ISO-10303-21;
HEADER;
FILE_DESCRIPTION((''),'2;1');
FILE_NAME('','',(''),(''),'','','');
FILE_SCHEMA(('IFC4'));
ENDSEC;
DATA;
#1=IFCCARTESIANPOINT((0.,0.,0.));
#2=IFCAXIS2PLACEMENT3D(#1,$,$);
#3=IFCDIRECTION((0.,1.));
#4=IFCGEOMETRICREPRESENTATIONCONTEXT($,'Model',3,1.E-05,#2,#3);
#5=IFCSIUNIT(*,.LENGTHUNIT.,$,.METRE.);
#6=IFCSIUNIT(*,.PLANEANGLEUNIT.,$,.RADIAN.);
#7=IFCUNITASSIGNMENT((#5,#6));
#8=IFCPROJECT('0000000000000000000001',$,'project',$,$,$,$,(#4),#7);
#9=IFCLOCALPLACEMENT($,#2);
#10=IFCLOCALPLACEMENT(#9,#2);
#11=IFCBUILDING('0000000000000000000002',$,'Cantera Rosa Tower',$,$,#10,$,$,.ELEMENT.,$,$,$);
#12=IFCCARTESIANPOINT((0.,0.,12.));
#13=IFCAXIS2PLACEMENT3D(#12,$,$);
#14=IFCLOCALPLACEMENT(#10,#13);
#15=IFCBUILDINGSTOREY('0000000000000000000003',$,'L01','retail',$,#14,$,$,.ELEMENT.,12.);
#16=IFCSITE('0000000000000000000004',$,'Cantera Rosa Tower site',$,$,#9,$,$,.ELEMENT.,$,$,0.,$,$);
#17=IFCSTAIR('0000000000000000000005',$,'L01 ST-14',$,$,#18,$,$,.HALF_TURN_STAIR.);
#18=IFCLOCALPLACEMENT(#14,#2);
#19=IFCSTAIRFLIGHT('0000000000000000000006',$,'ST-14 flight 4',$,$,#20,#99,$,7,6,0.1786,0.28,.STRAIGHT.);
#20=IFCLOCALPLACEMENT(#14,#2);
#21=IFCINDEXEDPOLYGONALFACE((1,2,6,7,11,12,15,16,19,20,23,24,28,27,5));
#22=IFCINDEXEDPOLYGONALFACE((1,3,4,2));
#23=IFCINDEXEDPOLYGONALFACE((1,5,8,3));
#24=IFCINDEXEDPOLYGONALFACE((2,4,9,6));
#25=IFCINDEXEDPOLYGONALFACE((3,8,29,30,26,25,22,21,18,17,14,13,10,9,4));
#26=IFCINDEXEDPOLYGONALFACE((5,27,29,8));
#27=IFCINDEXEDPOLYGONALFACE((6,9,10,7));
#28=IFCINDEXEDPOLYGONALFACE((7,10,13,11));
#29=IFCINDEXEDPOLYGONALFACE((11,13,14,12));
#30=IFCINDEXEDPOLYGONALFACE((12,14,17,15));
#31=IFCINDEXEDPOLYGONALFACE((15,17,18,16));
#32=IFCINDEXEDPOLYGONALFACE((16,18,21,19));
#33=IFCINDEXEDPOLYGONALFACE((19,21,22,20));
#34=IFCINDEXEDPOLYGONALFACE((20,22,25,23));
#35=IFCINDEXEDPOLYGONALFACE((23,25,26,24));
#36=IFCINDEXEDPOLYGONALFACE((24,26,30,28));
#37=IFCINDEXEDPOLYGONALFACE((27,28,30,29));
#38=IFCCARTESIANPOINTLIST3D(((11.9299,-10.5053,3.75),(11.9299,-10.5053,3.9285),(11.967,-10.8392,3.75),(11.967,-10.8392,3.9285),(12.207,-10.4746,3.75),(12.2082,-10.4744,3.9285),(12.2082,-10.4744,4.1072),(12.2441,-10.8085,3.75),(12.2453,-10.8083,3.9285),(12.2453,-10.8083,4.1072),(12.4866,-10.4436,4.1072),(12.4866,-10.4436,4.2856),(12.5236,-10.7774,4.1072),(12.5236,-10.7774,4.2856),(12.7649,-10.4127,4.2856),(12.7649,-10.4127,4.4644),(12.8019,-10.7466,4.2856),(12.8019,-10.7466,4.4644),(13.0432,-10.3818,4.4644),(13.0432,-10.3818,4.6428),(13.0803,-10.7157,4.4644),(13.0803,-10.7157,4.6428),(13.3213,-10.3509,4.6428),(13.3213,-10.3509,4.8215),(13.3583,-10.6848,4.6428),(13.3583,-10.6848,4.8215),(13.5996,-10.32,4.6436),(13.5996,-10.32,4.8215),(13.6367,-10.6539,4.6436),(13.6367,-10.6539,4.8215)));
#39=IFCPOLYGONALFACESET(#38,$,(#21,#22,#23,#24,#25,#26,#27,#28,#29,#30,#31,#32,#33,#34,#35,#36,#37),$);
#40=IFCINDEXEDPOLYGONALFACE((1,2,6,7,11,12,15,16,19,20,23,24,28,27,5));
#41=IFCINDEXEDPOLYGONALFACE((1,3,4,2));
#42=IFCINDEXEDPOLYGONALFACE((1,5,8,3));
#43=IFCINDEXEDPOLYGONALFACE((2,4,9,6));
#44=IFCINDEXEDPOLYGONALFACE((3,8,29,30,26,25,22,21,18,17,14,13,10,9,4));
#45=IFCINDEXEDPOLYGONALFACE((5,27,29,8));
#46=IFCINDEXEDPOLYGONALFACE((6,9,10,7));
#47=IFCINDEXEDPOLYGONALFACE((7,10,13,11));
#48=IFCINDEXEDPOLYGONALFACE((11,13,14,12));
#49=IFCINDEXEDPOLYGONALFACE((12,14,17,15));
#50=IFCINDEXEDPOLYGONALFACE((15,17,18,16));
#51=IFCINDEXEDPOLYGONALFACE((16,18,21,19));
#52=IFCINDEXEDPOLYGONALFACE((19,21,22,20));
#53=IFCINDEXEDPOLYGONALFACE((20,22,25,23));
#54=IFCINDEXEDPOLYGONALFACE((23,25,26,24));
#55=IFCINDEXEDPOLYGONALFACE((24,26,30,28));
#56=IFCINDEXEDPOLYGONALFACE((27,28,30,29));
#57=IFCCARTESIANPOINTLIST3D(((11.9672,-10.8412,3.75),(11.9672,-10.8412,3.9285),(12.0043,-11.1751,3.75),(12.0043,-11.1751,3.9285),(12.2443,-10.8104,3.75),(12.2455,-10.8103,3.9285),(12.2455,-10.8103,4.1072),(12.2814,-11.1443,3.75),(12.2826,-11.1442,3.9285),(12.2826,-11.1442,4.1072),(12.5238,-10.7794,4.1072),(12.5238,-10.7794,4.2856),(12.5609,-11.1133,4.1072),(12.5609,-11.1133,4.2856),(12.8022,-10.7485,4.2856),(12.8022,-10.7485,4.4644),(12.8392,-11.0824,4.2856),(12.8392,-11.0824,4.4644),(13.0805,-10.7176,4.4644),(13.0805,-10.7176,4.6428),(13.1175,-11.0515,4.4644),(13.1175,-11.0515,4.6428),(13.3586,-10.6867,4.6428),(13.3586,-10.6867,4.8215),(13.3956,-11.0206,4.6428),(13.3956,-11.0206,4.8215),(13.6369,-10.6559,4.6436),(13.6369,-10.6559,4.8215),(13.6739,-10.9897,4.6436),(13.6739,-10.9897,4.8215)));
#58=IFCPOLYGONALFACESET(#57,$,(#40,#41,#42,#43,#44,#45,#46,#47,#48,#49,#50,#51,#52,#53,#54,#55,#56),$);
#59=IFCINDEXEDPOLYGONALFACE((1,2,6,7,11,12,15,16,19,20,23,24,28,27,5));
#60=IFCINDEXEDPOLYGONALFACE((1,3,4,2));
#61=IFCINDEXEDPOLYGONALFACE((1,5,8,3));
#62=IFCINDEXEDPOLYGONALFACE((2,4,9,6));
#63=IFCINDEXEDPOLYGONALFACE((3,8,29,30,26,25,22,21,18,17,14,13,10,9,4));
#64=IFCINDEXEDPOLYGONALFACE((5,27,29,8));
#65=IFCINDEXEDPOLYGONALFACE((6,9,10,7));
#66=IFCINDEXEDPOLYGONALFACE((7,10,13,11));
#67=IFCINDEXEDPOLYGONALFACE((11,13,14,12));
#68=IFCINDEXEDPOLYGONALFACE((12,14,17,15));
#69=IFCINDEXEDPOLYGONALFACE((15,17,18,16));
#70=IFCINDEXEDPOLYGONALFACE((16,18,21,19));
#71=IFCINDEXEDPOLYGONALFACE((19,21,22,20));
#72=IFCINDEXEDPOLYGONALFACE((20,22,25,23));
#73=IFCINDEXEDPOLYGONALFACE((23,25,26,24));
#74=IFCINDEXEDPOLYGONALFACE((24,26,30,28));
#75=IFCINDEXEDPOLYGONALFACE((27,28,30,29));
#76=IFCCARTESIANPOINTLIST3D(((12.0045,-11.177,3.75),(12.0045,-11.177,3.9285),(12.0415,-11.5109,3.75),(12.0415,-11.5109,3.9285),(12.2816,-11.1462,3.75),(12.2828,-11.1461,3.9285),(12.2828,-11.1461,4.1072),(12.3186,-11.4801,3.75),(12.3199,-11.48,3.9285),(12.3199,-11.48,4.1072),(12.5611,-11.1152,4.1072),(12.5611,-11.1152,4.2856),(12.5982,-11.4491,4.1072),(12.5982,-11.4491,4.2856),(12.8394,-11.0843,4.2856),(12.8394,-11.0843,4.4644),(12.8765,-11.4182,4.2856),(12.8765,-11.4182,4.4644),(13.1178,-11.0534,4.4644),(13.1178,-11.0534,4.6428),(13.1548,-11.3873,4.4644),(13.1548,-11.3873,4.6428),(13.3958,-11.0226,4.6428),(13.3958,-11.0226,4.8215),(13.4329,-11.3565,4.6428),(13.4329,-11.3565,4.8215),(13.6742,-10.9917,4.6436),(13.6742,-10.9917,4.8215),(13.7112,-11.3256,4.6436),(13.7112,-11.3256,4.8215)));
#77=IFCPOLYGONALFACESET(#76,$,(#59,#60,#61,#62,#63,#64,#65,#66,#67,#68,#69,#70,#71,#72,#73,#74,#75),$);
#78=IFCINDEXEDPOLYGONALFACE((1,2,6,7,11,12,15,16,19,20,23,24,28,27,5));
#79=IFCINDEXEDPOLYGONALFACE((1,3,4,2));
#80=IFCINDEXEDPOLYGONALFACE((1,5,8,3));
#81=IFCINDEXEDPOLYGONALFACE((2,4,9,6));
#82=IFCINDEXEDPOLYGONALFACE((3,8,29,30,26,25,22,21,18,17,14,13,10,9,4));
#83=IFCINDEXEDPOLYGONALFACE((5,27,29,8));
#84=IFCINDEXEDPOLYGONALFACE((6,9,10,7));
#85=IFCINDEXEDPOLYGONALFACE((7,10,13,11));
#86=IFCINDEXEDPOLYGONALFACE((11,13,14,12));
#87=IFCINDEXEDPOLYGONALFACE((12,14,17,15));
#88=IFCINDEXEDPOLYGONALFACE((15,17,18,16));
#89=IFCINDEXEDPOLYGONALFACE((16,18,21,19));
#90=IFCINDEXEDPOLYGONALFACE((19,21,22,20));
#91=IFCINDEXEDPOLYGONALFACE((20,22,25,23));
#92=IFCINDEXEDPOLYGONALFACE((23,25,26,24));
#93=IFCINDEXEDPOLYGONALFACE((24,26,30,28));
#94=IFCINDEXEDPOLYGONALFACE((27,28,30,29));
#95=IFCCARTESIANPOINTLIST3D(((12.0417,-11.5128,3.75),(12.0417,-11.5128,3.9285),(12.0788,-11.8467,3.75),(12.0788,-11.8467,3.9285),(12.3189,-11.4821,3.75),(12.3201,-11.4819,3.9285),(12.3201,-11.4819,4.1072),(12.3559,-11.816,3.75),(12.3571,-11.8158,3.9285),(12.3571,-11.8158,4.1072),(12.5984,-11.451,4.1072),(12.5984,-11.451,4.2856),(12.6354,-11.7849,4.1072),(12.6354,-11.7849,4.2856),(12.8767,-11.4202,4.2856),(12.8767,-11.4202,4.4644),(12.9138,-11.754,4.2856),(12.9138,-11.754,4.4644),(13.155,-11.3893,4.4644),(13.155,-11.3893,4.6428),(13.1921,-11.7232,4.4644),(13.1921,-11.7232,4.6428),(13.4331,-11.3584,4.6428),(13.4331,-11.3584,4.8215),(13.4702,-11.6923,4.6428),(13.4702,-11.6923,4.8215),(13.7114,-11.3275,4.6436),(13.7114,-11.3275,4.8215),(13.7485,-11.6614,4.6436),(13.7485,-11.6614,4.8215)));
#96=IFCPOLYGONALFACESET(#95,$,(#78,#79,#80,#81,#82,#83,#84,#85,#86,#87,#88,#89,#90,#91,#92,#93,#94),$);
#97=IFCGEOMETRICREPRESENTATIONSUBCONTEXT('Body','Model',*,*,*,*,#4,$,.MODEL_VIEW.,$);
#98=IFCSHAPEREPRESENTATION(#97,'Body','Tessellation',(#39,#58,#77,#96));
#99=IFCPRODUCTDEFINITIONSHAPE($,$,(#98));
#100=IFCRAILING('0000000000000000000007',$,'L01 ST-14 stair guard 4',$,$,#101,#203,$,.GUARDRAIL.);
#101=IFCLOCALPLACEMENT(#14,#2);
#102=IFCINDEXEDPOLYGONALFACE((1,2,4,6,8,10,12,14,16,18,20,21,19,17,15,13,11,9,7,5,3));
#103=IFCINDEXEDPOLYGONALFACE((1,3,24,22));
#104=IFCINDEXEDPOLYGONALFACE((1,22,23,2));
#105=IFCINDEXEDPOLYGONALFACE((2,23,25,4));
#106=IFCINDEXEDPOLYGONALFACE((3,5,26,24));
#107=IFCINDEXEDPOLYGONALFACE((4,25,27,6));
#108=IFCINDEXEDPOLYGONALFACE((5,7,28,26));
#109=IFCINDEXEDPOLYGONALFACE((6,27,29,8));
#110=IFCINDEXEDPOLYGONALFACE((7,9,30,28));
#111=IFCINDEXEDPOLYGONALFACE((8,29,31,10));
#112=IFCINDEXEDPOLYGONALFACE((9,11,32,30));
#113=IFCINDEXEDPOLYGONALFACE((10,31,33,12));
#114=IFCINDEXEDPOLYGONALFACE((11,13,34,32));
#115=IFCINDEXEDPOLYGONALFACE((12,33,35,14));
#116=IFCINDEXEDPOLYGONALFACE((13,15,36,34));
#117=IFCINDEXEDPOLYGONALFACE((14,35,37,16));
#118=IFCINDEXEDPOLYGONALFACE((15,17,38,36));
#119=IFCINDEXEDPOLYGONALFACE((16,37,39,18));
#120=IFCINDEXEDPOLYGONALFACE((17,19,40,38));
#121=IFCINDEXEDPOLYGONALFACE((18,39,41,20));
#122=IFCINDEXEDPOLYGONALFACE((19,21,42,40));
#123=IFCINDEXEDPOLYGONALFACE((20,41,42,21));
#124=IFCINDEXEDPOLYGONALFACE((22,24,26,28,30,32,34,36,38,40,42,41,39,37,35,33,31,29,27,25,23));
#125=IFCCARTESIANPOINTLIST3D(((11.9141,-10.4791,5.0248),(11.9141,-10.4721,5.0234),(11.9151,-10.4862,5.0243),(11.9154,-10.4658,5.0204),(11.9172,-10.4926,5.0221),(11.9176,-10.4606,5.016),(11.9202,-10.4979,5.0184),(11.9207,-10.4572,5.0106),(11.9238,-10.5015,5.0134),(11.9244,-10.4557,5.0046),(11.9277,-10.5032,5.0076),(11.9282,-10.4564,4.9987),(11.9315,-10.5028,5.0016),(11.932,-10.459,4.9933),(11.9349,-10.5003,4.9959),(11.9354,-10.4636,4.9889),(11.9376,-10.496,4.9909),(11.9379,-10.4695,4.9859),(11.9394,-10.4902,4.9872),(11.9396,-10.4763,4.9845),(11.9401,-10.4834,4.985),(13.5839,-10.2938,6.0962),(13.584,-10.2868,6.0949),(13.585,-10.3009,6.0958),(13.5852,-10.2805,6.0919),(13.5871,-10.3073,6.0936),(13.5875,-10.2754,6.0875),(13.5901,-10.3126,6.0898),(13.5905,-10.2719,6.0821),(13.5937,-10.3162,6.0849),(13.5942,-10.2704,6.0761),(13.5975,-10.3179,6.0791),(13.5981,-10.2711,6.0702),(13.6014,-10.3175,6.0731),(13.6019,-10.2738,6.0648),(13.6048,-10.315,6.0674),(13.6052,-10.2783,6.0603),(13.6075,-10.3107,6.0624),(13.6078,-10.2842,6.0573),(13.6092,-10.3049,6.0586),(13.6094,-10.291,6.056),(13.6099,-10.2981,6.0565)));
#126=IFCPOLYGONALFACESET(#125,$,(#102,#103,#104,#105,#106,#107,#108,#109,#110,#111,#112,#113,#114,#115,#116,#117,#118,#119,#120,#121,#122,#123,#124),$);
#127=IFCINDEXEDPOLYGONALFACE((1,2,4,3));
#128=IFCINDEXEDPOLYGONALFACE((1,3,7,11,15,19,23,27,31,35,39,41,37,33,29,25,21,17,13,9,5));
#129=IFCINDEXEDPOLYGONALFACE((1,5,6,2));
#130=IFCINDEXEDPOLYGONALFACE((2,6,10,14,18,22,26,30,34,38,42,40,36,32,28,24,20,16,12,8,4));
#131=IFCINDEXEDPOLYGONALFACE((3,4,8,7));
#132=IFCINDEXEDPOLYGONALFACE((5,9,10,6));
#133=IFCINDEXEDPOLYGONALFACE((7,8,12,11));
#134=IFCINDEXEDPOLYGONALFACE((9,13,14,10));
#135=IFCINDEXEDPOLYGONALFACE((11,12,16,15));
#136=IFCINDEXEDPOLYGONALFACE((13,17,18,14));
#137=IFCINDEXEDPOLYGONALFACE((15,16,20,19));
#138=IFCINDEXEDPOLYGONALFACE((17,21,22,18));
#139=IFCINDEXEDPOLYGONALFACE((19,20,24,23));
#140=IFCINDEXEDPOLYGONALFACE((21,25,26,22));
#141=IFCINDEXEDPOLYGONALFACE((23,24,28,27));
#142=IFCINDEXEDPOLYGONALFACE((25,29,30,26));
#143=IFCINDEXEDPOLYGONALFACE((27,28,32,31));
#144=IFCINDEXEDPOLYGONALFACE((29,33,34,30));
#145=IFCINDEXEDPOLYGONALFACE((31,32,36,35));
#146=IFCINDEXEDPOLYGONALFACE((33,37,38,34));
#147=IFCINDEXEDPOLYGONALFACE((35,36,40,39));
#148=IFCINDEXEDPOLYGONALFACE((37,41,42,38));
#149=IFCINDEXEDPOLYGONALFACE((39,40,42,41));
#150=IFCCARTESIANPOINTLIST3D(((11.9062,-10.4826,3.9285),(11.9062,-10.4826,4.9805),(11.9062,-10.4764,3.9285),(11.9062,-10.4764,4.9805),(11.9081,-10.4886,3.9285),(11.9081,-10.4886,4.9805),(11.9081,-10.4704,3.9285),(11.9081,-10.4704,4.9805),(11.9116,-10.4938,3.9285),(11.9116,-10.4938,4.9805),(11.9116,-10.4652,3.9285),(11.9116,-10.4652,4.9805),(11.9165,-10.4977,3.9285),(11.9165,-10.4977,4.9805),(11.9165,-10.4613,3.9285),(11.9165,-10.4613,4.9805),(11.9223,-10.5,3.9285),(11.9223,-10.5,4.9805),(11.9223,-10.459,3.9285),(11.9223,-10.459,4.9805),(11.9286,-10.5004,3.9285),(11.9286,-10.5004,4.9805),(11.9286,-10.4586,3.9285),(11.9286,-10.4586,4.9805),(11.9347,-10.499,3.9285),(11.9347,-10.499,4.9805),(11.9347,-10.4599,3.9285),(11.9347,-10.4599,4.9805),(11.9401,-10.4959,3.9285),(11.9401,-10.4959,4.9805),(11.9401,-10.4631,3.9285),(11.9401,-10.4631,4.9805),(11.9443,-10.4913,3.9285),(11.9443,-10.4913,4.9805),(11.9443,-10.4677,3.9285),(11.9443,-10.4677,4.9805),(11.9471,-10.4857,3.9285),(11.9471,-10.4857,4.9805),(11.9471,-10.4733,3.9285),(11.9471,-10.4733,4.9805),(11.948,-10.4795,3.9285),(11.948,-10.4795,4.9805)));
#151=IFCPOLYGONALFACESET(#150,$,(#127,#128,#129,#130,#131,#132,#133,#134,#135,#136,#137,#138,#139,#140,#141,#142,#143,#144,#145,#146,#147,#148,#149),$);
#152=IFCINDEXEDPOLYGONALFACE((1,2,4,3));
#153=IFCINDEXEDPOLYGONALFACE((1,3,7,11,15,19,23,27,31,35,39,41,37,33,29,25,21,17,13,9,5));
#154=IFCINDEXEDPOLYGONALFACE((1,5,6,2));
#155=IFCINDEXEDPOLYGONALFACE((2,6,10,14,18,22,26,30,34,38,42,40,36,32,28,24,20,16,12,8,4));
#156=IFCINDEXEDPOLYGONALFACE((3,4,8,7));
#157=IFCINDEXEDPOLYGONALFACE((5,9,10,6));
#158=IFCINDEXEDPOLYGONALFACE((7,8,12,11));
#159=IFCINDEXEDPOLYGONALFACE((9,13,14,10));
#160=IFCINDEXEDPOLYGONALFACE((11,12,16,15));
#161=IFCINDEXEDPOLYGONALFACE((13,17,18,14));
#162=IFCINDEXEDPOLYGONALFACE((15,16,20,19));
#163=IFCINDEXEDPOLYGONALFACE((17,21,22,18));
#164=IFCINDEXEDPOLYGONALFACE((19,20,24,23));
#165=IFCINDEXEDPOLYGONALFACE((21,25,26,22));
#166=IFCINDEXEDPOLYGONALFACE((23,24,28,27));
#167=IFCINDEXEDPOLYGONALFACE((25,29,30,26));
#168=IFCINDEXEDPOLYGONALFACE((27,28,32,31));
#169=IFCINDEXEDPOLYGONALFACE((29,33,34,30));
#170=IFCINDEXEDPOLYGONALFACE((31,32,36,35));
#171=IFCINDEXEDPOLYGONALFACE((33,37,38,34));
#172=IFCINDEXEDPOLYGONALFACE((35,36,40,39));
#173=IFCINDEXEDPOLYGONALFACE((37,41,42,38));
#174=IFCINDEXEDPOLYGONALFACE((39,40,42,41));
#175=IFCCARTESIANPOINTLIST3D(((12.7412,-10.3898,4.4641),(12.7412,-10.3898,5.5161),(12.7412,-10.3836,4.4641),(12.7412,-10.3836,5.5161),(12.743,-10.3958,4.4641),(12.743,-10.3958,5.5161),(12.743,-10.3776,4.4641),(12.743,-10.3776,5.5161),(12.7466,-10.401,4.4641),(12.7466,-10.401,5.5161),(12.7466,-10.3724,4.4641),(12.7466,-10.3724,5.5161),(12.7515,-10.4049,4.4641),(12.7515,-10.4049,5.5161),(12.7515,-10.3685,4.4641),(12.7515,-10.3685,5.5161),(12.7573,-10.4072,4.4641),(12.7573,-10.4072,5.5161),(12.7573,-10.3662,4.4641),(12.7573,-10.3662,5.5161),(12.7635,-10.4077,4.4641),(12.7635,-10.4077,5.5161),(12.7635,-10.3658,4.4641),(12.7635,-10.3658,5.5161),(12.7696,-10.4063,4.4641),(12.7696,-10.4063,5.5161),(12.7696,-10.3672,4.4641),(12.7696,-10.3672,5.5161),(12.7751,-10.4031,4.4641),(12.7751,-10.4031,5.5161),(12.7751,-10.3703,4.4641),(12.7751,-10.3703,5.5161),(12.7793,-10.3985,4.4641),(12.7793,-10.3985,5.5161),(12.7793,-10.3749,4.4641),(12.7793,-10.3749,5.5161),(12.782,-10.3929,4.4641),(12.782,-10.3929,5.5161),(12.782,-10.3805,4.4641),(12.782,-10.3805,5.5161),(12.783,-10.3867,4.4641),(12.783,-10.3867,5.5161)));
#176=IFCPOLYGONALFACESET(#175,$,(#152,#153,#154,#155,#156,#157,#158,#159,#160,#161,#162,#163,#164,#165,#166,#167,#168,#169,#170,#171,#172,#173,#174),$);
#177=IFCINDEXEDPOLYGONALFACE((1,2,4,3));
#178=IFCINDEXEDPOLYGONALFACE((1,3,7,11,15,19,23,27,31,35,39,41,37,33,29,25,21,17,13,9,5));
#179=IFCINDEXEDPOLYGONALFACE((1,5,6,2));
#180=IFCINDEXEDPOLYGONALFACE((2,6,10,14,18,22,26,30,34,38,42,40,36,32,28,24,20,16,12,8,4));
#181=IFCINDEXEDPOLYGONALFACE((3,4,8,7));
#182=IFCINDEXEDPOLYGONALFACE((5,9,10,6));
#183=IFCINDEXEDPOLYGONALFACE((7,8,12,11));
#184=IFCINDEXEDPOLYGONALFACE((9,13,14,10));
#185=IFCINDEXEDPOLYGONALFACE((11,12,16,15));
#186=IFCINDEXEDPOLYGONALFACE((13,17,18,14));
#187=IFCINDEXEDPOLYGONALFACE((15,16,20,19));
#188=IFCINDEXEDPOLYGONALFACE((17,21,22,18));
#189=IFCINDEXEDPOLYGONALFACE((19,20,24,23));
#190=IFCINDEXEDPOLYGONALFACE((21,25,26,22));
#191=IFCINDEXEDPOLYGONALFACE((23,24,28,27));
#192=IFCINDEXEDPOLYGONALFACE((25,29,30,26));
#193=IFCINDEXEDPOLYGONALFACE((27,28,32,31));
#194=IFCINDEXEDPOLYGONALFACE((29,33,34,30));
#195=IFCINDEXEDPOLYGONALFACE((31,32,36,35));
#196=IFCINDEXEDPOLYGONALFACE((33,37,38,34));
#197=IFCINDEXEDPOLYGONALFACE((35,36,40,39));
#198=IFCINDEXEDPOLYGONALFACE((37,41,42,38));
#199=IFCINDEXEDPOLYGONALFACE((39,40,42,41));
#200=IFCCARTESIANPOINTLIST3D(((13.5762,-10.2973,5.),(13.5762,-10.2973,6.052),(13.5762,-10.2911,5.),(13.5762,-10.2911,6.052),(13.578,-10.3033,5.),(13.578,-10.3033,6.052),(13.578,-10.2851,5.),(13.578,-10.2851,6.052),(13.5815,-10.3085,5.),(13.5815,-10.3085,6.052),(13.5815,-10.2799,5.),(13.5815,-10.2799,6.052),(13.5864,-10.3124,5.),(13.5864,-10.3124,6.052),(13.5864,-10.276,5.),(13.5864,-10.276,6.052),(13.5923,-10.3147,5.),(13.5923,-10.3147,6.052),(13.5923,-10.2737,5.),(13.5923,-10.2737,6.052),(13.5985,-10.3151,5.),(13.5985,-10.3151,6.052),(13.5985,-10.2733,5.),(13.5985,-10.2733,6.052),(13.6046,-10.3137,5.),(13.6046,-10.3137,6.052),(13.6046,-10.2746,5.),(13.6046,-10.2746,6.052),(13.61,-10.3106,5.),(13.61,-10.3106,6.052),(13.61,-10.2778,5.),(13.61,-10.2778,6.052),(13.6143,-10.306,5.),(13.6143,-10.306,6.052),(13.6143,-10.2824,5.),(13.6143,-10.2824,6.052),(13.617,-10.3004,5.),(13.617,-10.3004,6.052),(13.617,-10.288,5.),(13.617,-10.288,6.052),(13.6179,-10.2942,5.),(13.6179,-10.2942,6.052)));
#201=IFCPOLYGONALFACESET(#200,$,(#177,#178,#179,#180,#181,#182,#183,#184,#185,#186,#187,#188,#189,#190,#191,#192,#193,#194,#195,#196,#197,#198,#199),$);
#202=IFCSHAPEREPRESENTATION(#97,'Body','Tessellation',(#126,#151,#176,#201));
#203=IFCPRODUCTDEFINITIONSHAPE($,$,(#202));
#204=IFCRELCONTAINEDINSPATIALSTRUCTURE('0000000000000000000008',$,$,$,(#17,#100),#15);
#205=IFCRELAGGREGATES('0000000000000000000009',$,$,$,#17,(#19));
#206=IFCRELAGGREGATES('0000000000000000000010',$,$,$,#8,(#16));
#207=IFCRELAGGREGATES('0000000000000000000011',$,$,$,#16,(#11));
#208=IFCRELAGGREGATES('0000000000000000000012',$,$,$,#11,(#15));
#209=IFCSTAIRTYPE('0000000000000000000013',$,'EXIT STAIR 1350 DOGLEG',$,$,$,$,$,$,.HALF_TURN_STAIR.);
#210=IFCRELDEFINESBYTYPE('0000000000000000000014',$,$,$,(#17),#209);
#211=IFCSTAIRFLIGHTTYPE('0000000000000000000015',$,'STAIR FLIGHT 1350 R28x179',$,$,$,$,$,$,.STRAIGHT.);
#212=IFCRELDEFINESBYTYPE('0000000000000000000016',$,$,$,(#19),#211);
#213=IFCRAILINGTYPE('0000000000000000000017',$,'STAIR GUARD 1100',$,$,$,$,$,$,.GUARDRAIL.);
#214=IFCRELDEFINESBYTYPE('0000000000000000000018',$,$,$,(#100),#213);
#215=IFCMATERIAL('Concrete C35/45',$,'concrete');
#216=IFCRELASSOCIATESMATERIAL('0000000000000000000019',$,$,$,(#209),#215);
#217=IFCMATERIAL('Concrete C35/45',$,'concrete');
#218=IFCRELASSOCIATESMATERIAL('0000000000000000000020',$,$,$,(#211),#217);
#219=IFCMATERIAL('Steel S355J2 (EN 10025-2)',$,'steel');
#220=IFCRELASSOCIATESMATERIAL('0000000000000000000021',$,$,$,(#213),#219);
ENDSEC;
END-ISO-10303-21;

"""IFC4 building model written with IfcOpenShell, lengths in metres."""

from ifc_helpers import new_model, si_unit, direction, frame, origin, origin_2d, place, context, subcontext, project, spatial, polyline, circle, outline, extrude, material, type_object, element, aggregate, save


model = new_model("IFC4")

# Units and contexts
model_context = context("Model", 3, precision=1e-05, world=origin(), true_north=direction((0.0, 1.0)))
body_context = subcontext(model_context, "Body", "Model", "MODEL_VIEW")
ifc_project = project(units=[si_unit("LENGTHUNIT", "METRE"), si_unit("PLANEANGLEUNIT", "RADIAN")], contexts=[model_context])

# Site, building, storey
site_placement = place(None, origin())
site = spatial("IfcSite", under=ifc_project, at=site_placement, Name="Cantera Rosa Tower site", CompositionType="ELEMENT", RefElevation=0.0)
building_placement = place(site_placement, origin())
building = spatial("IfcBuilding", under=site, at=building_placement, Name="Cantera Rosa Tower", CompositionType="ELEMENT")
storey_placement = place(building_placement, frame((0.0, 0.0, 12.0)))
storey = spatial("IfcBuildingStorey", under=building, at=storey_placement, Name="L01", Description="retail", CompositionType="ELEMENT", Elevation=12.0)

# Stair, stair flight
ifc_material_1 = material(Name="Concrete C35/45", Category="concrete")
stair_type = type_object("IfcStairType", Name="EXIT STAIR 1350 DOGLEG", PredefinedType="HALF_TURN_STAIR", material=ifc_material_1)
stair_placement = place(storey_placement, origin())
stair = element("IfcStair", 1, at=stair_placement, inside=storey, type_object=stair_type, Name="L01 ST-14", PredefinedType="HALF_TURN_STAIR")
ifc_material_2 = material(Name="Concrete C35/45", Category="concrete")
stair_flight_type = type_object("IfcStairFlightType", Name="STAIR FLIGHT 1350 R28x179", PredefinedType="STRAIGHT", material=ifc_material_2)
stair_flight_1_placement = place(storey_placement, frame((12.0044, -11.1763, 3.75), z_axis=(0.0, 0.0, 1.0), x_axis=(0.993897, 0.110313, 0.0)))
stair_flight_1 = element("IfcStairFlight", 2, at=stair_flight_1_placement, type_object=stair_flight_type, Name="ST-14 flight 4", NumberOfRisers=7, NumberOfTreads=6, PredefinedType="STRAIGHT", RiserHeight=0.1786, TreadLength=0.28, context=body_context, shape_type="SweptSolid", body=[
    extrude(outline(polyline([(0.0, 0.0), (0.0, 0.1785), (0.28, 0.1785), (0.28, 0.3572), (0.5601, 0.3572), (0.5601, 0.5356), (0.8401, 0.5356), (0.8401, 0.7144), (1.1201, 0.7144), (1.1201, 0.8928), (1.3999, 0.8928), (1.3999, 1.0715), (1.6799, 1.0715), (1.6799, 1.25), (1.6799, 0.8936), (0.2788, 0.0), (0.0, 0.0)])), frame((0.0, 0.675, 0.0), z_axis=(0.0, -1.0, 0.0), x_axis=(1.0, 0.0, 0.0)), (0.0, 0.0, 1.0), 0.3359),
    extrude(outline(polyline([(0.0, 0.0), (0.0, 0.1785), (0.28, 0.1785), (0.28, 0.3572), (0.5601, 0.3572), (0.5601, 0.5356), (0.8401, 0.5356), (0.8401, 0.7144), (1.1201, 0.7144), (1.1201, 0.8928), (1.3999, 0.8928), (1.3999, 1.0715), (1.6799, 1.0715), (1.6799, 1.25), (1.6799, 0.8936), (0.2788, 0.0), (0.0, 0.0)])), frame((0.0, 0.3372, 0.0), z_axis=(0.0, -1.0, 0.0), x_axis=(1.0, 0.0, 0.0)), (0.0, 0.0, 1.0), 0.3359),
    extrude(outline(polyline([(0.0, 0.0), (0.0, 0.1785), (0.28, 0.1785), (0.28, 0.3572), (0.5601, 0.3572), (0.5601, 0.5356), (0.8401, 0.5356), (0.8401, 0.7144), (1.1201, 0.7144), (1.1201, 0.8928), (1.3999, 0.8928), (1.3999, 1.0715), (1.6799, 1.0715), (1.6799, 1.25), (1.6799, 0.8936), (0.2788, 0.0), (0.0, 0.0)])), frame((0.0, -0.0007, 0.0), z_axis=(0.0, -1.0, 0.0), x_axis=(1.0, 0.0, 0.0)), (0.0, 0.0, 1.0), 0.3359),
    extrude(outline(polyline([(0.0, 0.0), (0.0, 0.1785), (0.28, 0.1785), (0.28, 0.3572), (0.5601, 0.3572), (0.5601, 0.5356), (0.8401, 0.5356), (0.8401, 0.7144), (1.1201, 0.7144), (1.1201, 0.8928), (1.3999, 0.8928), (1.3999, 1.0715), (1.6799, 1.0715), (1.6799, 1.25), (1.6799, 0.8936), (0.2788, 0.0), (0.0, 0.0)])), frame((0.0, -0.3386, 0.0), z_axis=(0.0, -1.0, 0.0), x_axis=(1.0, 0.0, 0.0)), (0.0, 0.0, 1.0), 0.3359),
])
aggregate(stair, [stair_flight_1])

# Railing
ifc_material_3 = material(Name="Steel S355J2 (EN 10025-2)", Category="steel")
railing_type_1 = type_object("IfcRailingType", Name="STAIR GUARD 1100", PredefinedType="GUARDRAIL", material=ifc_material_3)
railing_1_placement = place(storey_placement, frame((11.927, -10.4795, 3.9285)))
element("IfcRailing", 3, at=railing_1_placement, inside=storey, type_object=railing_type_1, Name="L01 ST-14 stair guard 4", PredefinedType="GUARDRAIL", context=body_context, shape_type="SweptSolid", body=[
    extrude(circle(Radius=0.0239, at=origin_2d()), frame((0.0, 0.0, 1.0762), z_axis=(0.837987, 0.092987, 0.537709), x_axis=(-0.110288, 0.9939, 0.0)), (0.0, 0.0, 1.0), 1.9927),
    extrude(circle(Radius=0.021, at=origin_2d()), origin(), (0.0, 0.0, 1.0), 1.052),
    extrude(circle(Radius=0.021, at=origin_2d()), frame((0.835, 0.0928, 0.5356)), (0.0, 0.0, 1.0), 1.052),
    extrude(circle(Radius=0.021, at=origin_2d()), frame((1.6699, 0.1853, 1.0715)), (0.0, 0.0, 1.0), 1.052),
])

save(model, "model.ifc")
